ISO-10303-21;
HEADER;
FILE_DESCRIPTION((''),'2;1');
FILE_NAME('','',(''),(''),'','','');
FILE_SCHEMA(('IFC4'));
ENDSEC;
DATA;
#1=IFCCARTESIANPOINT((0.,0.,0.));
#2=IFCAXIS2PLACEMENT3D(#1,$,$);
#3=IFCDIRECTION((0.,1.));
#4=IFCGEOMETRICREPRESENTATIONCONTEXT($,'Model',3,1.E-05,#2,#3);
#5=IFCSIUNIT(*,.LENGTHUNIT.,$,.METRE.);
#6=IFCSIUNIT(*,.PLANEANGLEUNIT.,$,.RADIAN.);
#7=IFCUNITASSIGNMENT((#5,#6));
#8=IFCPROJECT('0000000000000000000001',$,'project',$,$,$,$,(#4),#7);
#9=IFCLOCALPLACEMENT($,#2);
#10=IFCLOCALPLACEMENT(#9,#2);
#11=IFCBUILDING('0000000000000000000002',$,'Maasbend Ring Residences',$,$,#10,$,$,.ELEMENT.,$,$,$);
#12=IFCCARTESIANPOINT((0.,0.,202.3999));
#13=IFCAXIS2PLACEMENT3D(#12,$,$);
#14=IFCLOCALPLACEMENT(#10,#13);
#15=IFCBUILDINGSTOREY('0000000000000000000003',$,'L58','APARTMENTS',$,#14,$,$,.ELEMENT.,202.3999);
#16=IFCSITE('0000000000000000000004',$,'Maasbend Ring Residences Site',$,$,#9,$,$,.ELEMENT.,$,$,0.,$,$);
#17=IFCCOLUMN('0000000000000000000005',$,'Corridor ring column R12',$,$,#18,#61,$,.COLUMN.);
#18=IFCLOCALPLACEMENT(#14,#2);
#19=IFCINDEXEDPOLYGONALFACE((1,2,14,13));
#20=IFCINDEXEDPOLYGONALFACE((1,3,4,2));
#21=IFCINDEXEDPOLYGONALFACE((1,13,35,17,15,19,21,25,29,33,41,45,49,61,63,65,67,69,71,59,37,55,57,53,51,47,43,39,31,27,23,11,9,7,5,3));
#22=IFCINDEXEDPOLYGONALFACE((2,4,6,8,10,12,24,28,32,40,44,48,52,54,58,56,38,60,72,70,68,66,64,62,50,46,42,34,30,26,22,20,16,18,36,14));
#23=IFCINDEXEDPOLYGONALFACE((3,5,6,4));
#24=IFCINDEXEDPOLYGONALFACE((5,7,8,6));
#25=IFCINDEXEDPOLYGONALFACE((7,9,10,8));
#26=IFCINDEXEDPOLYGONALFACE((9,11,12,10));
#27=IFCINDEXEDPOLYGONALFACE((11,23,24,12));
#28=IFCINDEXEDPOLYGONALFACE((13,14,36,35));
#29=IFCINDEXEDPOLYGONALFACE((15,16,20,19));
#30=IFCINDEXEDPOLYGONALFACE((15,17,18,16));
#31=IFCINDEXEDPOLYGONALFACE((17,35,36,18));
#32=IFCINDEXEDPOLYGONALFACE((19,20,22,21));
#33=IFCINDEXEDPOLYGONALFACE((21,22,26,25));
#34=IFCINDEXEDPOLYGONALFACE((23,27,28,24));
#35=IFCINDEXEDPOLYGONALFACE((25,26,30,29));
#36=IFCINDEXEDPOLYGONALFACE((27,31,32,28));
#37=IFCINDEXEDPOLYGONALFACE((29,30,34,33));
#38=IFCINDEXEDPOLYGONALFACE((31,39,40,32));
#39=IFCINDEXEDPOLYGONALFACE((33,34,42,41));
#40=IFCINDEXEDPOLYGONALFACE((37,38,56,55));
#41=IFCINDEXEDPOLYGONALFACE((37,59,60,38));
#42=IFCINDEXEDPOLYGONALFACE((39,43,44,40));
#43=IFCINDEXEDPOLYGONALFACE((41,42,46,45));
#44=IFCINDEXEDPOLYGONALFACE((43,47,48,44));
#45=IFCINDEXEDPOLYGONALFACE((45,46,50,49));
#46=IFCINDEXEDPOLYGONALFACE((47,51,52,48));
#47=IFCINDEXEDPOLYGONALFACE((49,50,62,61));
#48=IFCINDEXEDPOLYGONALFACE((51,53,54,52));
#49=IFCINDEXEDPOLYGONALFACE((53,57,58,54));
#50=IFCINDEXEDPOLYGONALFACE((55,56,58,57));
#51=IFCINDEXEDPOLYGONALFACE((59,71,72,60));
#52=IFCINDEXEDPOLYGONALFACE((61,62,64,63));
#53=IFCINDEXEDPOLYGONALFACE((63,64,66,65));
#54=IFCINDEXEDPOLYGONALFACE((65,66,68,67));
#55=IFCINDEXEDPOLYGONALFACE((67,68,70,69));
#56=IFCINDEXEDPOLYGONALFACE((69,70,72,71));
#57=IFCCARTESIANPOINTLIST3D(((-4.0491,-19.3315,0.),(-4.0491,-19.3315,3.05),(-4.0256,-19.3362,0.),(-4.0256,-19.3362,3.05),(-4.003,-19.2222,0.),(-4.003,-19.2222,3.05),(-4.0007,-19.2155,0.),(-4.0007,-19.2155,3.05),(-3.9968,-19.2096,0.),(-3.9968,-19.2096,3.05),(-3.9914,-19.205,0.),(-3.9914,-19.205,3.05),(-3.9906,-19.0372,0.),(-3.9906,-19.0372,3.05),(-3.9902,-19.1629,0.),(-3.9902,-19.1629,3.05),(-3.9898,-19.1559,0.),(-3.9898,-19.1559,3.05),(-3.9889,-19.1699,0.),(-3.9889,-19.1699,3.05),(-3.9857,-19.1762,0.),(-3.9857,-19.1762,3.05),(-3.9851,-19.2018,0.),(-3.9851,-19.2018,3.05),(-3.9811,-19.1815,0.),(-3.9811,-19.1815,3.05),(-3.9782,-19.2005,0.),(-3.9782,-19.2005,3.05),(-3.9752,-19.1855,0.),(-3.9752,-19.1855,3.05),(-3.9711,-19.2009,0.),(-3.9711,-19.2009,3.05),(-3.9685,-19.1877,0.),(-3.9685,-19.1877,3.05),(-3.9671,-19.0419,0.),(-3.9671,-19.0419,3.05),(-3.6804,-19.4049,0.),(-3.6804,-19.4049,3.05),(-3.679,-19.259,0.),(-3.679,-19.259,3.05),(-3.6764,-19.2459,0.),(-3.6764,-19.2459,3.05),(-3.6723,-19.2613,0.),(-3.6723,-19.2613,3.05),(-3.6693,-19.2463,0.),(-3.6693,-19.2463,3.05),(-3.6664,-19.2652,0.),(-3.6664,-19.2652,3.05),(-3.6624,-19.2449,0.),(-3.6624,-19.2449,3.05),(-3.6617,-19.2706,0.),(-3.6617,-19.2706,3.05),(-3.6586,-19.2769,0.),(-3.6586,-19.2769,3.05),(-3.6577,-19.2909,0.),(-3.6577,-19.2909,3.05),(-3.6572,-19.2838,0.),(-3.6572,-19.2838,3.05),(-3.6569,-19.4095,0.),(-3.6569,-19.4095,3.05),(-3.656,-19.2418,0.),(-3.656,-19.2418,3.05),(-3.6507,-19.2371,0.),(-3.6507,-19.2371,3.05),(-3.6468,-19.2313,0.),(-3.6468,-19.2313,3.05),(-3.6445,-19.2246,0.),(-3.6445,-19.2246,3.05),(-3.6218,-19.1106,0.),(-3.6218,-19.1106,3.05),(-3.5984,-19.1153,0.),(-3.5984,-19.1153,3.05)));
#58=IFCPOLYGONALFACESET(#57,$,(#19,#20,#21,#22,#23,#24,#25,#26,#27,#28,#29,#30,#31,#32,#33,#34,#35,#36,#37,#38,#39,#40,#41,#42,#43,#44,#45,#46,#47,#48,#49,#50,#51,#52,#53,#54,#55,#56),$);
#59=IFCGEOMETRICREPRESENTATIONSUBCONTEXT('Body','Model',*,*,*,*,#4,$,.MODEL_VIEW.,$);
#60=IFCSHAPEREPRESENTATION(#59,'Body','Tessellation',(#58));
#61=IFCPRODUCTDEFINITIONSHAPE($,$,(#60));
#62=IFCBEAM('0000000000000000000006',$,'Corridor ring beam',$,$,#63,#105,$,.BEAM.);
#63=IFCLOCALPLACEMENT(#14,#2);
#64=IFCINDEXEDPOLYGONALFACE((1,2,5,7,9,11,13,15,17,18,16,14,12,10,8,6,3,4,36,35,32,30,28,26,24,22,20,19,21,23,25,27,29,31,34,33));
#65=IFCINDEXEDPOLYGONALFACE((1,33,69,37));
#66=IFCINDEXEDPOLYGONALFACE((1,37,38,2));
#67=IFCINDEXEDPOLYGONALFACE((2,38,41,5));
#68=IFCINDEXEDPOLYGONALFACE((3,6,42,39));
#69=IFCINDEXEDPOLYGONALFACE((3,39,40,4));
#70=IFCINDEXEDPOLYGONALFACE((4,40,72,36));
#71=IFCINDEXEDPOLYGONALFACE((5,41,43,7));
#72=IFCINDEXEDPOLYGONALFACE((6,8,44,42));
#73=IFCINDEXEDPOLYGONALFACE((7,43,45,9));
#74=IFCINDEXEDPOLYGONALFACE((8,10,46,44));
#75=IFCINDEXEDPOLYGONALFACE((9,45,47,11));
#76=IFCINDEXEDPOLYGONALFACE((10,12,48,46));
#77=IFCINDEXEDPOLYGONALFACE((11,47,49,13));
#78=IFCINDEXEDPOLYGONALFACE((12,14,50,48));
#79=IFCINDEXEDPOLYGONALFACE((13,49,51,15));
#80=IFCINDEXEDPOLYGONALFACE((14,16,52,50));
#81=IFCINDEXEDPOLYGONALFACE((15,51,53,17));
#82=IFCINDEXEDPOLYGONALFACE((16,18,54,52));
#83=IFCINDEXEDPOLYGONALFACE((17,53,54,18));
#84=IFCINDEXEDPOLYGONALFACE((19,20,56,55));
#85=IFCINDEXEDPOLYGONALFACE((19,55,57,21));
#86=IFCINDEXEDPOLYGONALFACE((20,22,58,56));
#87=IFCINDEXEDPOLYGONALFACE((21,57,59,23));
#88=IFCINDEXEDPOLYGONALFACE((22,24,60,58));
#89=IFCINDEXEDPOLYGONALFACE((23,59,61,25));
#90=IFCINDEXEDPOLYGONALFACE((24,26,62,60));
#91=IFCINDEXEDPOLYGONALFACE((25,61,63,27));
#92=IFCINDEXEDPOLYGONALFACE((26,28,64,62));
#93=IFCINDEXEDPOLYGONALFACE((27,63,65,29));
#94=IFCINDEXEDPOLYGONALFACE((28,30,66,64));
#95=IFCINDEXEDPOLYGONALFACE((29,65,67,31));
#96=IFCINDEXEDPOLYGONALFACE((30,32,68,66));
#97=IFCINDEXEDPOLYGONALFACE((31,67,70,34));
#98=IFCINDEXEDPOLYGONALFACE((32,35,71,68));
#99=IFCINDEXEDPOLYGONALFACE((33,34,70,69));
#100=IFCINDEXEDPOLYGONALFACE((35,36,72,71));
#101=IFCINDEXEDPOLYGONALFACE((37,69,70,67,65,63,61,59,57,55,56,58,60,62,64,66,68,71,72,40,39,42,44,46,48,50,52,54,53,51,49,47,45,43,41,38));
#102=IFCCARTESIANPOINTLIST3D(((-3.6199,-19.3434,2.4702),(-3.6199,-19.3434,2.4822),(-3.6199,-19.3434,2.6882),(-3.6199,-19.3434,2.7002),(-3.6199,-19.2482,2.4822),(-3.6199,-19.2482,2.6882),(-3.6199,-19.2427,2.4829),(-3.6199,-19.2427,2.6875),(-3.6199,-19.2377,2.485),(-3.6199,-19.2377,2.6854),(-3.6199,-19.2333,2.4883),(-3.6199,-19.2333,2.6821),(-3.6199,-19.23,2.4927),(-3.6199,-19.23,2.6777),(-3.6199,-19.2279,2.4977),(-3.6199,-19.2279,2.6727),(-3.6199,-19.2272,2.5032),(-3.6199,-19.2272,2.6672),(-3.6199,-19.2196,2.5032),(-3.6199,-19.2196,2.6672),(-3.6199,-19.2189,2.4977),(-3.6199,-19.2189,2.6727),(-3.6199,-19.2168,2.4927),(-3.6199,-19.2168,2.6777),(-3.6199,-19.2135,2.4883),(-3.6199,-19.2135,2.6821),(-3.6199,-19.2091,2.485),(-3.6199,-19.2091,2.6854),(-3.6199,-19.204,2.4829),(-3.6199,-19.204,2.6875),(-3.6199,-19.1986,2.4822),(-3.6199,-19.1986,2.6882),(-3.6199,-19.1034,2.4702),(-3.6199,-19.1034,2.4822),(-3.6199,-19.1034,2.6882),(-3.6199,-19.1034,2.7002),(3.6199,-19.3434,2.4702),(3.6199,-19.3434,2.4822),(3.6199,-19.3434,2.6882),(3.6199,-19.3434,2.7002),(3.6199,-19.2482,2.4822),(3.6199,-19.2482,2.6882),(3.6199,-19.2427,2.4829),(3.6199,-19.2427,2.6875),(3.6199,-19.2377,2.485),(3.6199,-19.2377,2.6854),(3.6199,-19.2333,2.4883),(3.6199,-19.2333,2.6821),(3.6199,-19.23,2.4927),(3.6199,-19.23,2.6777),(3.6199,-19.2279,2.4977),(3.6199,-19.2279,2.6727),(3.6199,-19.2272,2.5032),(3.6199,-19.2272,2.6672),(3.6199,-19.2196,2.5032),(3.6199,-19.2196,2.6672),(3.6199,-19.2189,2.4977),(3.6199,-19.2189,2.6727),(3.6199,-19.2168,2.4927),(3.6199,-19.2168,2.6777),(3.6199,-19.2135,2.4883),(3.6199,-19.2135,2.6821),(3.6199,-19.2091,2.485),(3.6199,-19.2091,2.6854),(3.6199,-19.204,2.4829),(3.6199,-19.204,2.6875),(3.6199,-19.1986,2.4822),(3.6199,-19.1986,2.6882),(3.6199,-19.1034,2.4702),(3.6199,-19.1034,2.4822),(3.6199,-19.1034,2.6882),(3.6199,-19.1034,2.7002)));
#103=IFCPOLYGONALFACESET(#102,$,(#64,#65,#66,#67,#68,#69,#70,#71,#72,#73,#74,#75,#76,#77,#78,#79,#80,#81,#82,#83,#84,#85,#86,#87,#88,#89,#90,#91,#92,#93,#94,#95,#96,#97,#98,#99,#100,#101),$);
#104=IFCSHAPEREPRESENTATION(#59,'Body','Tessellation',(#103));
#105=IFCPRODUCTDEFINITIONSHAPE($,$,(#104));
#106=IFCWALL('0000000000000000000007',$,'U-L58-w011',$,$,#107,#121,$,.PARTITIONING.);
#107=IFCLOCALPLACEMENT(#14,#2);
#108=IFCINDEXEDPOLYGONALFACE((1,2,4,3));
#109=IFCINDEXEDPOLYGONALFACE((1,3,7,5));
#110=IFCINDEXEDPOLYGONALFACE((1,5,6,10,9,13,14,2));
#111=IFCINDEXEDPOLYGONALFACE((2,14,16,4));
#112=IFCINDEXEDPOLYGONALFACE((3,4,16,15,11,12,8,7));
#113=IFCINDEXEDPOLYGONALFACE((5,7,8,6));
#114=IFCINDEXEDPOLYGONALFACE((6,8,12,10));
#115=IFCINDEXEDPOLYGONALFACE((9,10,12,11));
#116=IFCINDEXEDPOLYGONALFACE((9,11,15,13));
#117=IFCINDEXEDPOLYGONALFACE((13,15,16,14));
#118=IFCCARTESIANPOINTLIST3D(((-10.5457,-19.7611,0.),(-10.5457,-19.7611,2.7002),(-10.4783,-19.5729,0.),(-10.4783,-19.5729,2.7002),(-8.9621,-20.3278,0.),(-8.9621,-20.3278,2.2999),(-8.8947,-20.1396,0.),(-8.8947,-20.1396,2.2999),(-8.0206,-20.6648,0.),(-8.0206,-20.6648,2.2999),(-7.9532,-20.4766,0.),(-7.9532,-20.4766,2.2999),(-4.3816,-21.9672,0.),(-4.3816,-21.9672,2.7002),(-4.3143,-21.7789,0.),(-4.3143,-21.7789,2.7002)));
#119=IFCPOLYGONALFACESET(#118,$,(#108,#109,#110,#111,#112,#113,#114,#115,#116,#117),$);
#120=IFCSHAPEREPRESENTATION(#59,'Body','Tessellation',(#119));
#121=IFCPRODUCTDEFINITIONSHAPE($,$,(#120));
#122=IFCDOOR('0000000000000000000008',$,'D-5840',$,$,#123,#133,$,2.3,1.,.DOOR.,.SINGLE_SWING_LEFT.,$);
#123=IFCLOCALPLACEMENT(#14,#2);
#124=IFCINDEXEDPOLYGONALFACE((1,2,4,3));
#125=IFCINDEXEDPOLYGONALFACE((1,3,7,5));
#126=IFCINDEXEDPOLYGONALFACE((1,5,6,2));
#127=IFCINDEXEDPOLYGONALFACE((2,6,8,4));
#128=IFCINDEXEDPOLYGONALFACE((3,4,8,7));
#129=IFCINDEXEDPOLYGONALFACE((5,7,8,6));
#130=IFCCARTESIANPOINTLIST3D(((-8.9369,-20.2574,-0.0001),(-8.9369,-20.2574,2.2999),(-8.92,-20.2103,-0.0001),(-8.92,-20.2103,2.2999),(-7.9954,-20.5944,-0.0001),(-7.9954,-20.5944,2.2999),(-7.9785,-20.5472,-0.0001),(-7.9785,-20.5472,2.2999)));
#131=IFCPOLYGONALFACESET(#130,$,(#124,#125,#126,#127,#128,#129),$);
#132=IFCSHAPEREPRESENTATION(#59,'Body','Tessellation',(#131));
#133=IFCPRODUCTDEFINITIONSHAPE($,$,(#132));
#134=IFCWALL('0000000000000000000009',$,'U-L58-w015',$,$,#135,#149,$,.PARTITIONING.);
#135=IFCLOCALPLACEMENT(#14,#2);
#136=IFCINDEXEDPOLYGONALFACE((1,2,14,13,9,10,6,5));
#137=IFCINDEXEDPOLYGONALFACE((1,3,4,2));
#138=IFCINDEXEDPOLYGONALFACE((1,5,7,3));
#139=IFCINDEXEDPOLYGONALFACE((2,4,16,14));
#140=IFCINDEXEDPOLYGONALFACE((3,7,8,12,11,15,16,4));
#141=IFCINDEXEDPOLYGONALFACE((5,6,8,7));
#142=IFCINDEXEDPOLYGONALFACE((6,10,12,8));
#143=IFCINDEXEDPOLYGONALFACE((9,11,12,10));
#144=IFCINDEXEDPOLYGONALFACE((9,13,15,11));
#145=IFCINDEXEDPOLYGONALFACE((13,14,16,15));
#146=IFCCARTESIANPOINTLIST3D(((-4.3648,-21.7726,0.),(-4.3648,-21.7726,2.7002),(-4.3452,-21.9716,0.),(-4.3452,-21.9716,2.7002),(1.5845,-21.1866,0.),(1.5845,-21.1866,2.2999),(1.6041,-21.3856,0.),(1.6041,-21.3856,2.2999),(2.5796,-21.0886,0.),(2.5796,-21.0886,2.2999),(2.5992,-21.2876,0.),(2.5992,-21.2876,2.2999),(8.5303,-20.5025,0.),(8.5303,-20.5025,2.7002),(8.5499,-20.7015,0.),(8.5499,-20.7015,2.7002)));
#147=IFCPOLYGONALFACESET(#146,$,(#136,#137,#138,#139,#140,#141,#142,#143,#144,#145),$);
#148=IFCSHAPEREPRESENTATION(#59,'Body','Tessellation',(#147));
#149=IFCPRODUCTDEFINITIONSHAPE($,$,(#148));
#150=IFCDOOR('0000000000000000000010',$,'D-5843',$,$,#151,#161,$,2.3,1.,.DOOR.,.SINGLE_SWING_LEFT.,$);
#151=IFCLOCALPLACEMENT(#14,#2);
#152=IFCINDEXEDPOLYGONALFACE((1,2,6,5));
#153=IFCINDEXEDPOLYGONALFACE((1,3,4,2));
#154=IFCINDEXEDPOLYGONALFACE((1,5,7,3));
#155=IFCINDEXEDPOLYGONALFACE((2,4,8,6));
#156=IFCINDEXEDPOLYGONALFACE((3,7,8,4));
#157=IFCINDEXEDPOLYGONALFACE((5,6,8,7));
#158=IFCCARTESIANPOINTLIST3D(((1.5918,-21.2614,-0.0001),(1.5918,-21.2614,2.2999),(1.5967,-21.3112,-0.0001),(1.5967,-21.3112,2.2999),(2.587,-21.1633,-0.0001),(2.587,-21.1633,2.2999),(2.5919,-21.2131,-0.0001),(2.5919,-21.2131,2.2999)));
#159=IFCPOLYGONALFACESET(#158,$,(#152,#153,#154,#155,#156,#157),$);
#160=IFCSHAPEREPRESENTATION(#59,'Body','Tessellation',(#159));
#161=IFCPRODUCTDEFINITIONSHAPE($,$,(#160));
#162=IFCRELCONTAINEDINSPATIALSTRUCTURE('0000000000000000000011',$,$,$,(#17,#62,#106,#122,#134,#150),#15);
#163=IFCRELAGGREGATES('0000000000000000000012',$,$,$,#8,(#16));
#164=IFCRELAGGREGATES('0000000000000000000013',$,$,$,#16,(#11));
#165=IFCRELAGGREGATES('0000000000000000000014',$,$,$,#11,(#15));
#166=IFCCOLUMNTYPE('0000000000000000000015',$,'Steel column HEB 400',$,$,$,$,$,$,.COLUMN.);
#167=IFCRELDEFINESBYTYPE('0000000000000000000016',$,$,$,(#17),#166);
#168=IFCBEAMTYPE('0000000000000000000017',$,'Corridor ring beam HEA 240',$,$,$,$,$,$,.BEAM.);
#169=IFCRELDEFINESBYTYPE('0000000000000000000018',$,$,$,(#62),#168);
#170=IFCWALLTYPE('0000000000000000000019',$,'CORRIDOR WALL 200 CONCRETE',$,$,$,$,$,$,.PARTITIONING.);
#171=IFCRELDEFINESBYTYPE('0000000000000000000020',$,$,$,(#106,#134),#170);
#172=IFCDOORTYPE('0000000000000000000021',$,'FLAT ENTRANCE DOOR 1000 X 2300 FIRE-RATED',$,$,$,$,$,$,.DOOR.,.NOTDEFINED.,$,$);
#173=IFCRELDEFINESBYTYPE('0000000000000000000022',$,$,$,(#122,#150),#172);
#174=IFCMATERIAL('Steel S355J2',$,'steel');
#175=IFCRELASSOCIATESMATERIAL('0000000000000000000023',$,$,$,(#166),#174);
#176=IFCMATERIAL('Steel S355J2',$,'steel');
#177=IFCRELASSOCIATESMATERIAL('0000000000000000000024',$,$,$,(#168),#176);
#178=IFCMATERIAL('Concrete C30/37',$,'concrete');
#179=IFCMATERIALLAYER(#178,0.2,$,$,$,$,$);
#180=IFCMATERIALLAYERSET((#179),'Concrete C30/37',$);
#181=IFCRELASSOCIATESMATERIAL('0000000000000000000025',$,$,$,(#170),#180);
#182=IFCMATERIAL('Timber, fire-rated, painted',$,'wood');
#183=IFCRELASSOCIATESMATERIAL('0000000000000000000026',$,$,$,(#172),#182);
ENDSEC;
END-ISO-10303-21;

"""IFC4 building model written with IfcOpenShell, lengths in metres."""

from ifc_helpers import new_model, si_unit, direction, frame, frame_2d, origin, origin_2d, place, context, subcontext, project, spatial, rectangle, i_section, extrude, material, layer, layer_set, material_profile, profile_set, type_object, element, fill, save


model = new_model("IFC4")

# Units and contexts
model_context = context("Model", 3, precision=1e-05, world=origin(), true_north=direction((0.0, 1.0)))
body_context = subcontext(model_context, "Body", "Model", "MODEL_VIEW")
ifc_project = project(units=[si_unit("LENGTHUNIT", "METRE"), si_unit("PLANEANGLEUNIT", "RADIAN")], contexts=[model_context])

# Site, building, storey
site_placement = place(None, origin())
site = spatial("IfcSite", under=ifc_project, at=site_placement, Name="Maasbend Ring Residences Site", CompositionType="ELEMENT", RefElevation=0.0)
building_placement = place(site_placement, origin())
building = spatial("IfcBuilding", under=site, at=building_placement, Name="Maasbend Ring Residences", CompositionType="ELEMENT")
storey_placement = place(building_placement, frame((0.0, 0.0, 202.3999)))
storey = spatial("IfcBuildingStorey", under=building, at=storey_placement, Name="L58", Description="APARTMENTS", CompositionType="ELEMENT", Elevation=202.3999)

# Column
ifc_material_1 = material(Name="Steel S355J2", Category="steel")
ifc_material_profile_1 = material_profile(ifc_material_1, i_section(OverallWidth=0.3, OverallDepth=0.3999, WebThickness=0.0134, FlangeThickness=0.0239, FilletRadius=0.0271, at=origin_2d()), Name="HEB 400")
ifc_profile_set_1 = profile_set([ifc_material_profile_1], Name="Steel S355J2")
column_type = type_object("IfcColumnType", Name="Steel column HEB 400", PredefinedType="COLUMN", material=ifc_profile_set_1)
column_placement = place(storey_placement, frame((-3.8237, -19.2234, 0.0), z_axis=(0.0, 0.0, 1.0), x_axis=(-0.19509, -0.980785, 0.0)))
element("IfcColumn", 1, at=column_placement, inside=storey, type_object=column_type, Name="Corridor ring column R12", PredefinedType="COLUMN", context=body_context, shape_type="SweptSolid", body=[
    extrude(i_section(OverallWidth=0.3, OverallDepth=0.3999, WebThickness=0.0134, FlangeThickness=0.0239, FilletRadius=0.0271, at=origin_2d()), origin(), (0.0, 0.0, 1.0), 3.05),
])

# Beam
ifc_material_2 = material(Name="Steel S355J2", Category="steel")
ifc_material_profile_2 = material_profile(ifc_material_2, i_section(OverallWidth=0.24, OverallDepth=0.23, WebThickness=0.0076, FlangeThickness=0.012, FilletRadius=0.021, at=origin_2d()), Name="HEA 240")
ifc_profile_set_2 = profile_set([ifc_material_profile_2], Name="Steel S355J2")
beam_type = type_object("IfcBeamType", Name="Corridor ring beam HEA 240", PredefinedType="BEAM", material=ifc_profile_set_2)
beam_placement = place(storey_placement, frame((-3.6199, -19.2234, 2.5852), z_axis=(1.0, 0.0, 0.0), x_axis=(0.0, 1.0, 0.0)))
element("IfcBeam", 2, at=beam_placement, inside=storey, type_object=beam_type, Name="Corridor ring beam", PredefinedType="BEAM", context=body_context, shape_type="SweptSolid", body=[
    extrude(i_section(OverallWidth=0.24, OverallDepth=0.23, WebThickness=0.0076, FlangeThickness=0.012, FilletRadius=0.021, at=origin_2d()), origin(), (0.0, 0.0, 1.0), 7.2397),
])

# Walls, openings, doors
ifc_material_3 = material(Name="Concrete C30/37", Category="concrete")
ifc_layer_1 = layer(ifc_material_3, 0.2)
ifc_layer_set_1 = layer_set([ifc_layer_1], Name="Concrete C30/37")
wall_type_1 = type_object("IfcWallType", Name="CORRIDOR WALL 200 CONCRETE", PredefinedType="PARTITIONING", material=ifc_layer_set_1)
wall_1_placement = place(storey_placement, frame((-10.512, -19.667, 0.0), z_axis=(0.0, 0.0, 1.0), x_axis=(0.941519, -0.33696, 0.0)))
wall_1 = element("IfcWall", 3, at=wall_1_placement, inside=storey, type_object=wall_type_1, Name="U-L58-w011", PredefinedType="PARTITIONING", context=body_context, shape_type="SweptSolid", body=[
    extrude(rectangle(XDim=6.5469, YDim=0.2, at=frame_2d((3.2734, 0.0))), origin(), (0.0, 0.0, 1.0), 2.7002),
])
opening_1_placement = place(wall_1_placement, frame((1.6819, 0.0, 0.0)))
opening_1 = element("IfcOpeningElement", 4, at=opening_1_placement, cuts=wall_1, PredefinedType="OPENING", context=body_context, shape_type="SweptSolid", body=[
    extrude(rectangle(XDim=1.0, YDim=2.3, at=frame_2d((0.5, 1.1499))), frame((0.0, 0.1099, 0.0), z_axis=(0.0, -1.0, 0.0), x_axis=(1.0, 0.0, 0.0)), (0.0, 0.0, 1.0), 0.22),
])
ifc_material_4 = material(Name="Timber, fire-rated, painted", Category="wood")
door_type_1 = type_object("IfcDoorType", Name="FLAT ENTRANCE DOOR 1000 X 2300 FIRE-RATED", OperationType="NOTDEFINED", PredefinedType="DOOR", material=ifc_material_4)
door_1_placement = place(opening_1_placement, origin())
door_1 = element("IfcDoor", 5, at=door_1_placement, inside=storey, type_object=door_type_1, Name="D-5840", OperationType="SINGLE_SWING_LEFT", OverallHeight=2.3, OverallWidth=1.0, PredefinedType="DOOR", context=body_context, shape_type="SweptSolid", body=[
    extrude(rectangle(XDim=1.0, YDim=2.3, at=frame_2d((0.5, 1.1499))), frame((0.0, 0.0249, 0.0), z_axis=(0.0, -1.0, 0.0), x_axis=(1.0, 0.0, 0.0)), (0.0, 0.0, 1.0), 0.05),
])
fill(opening_1, door_1)
wall_2_placement = place(storey_placement, frame((-4.355, -21.8721, 0.0), z_axis=(0.0, 0.0, 1.0), x_axis=(0.995185, 0.098015, 0.0)))
wall_2 = element("IfcWall", 6, at=wall_2_placement, inside=storey, type_object=wall_type_1, Name="U-L58-w015", PredefinedType="PARTITIONING", context=body_context, shape_type="SweptSolid", body=[
    extrude(rectangle(XDim=12.9575, YDim=0.2, at=frame_2d((6.4788, 0.0))), origin(), (0.0, 0.0, 1.0), 2.7002),
])
opening_2_placement = place(wall_2_placement, frame((5.978, 0.0, 0.0)))
opening_2 = element("IfcOpeningElement", 7, at=opening_2_placement, cuts=wall_2, PredefinedType="OPENING", context=body_context, shape_type="SweptSolid", body=[
    extrude(rectangle(XDim=1.0, YDim=2.3, at=frame_2d((0.5, 1.1499))), frame((0.0, 0.1099, 0.0), z_axis=(0.0, -1.0, 0.0), x_axis=(1.0, 0.0, 0.0)), (0.0, 0.0, 1.0), 0.22),
])
door_2_placement = place(opening_2_placement, origin())
door_2 = element("IfcDoor", 8, at=door_2_placement, inside=storey, type_object=door_type_1, Name="D-5843", OperationType="SINGLE_SWING_LEFT", OverallHeight=2.3, OverallWidth=1.0, PredefinedType="DOOR", context=body_context, shape_type="SweptSolid", body=[
    extrude(rectangle(XDim=1.0, YDim=2.3, at=frame_2d((0.5, 1.1499))), frame((0.0, 0.0249, 0.0), z_axis=(0.0, -1.0, 0.0), x_axis=(1.0, 0.0, 0.0)), (0.0, 0.0, 1.0), 0.05),
])
fill(opening_2, door_2)

save(model, "model.ifc")
